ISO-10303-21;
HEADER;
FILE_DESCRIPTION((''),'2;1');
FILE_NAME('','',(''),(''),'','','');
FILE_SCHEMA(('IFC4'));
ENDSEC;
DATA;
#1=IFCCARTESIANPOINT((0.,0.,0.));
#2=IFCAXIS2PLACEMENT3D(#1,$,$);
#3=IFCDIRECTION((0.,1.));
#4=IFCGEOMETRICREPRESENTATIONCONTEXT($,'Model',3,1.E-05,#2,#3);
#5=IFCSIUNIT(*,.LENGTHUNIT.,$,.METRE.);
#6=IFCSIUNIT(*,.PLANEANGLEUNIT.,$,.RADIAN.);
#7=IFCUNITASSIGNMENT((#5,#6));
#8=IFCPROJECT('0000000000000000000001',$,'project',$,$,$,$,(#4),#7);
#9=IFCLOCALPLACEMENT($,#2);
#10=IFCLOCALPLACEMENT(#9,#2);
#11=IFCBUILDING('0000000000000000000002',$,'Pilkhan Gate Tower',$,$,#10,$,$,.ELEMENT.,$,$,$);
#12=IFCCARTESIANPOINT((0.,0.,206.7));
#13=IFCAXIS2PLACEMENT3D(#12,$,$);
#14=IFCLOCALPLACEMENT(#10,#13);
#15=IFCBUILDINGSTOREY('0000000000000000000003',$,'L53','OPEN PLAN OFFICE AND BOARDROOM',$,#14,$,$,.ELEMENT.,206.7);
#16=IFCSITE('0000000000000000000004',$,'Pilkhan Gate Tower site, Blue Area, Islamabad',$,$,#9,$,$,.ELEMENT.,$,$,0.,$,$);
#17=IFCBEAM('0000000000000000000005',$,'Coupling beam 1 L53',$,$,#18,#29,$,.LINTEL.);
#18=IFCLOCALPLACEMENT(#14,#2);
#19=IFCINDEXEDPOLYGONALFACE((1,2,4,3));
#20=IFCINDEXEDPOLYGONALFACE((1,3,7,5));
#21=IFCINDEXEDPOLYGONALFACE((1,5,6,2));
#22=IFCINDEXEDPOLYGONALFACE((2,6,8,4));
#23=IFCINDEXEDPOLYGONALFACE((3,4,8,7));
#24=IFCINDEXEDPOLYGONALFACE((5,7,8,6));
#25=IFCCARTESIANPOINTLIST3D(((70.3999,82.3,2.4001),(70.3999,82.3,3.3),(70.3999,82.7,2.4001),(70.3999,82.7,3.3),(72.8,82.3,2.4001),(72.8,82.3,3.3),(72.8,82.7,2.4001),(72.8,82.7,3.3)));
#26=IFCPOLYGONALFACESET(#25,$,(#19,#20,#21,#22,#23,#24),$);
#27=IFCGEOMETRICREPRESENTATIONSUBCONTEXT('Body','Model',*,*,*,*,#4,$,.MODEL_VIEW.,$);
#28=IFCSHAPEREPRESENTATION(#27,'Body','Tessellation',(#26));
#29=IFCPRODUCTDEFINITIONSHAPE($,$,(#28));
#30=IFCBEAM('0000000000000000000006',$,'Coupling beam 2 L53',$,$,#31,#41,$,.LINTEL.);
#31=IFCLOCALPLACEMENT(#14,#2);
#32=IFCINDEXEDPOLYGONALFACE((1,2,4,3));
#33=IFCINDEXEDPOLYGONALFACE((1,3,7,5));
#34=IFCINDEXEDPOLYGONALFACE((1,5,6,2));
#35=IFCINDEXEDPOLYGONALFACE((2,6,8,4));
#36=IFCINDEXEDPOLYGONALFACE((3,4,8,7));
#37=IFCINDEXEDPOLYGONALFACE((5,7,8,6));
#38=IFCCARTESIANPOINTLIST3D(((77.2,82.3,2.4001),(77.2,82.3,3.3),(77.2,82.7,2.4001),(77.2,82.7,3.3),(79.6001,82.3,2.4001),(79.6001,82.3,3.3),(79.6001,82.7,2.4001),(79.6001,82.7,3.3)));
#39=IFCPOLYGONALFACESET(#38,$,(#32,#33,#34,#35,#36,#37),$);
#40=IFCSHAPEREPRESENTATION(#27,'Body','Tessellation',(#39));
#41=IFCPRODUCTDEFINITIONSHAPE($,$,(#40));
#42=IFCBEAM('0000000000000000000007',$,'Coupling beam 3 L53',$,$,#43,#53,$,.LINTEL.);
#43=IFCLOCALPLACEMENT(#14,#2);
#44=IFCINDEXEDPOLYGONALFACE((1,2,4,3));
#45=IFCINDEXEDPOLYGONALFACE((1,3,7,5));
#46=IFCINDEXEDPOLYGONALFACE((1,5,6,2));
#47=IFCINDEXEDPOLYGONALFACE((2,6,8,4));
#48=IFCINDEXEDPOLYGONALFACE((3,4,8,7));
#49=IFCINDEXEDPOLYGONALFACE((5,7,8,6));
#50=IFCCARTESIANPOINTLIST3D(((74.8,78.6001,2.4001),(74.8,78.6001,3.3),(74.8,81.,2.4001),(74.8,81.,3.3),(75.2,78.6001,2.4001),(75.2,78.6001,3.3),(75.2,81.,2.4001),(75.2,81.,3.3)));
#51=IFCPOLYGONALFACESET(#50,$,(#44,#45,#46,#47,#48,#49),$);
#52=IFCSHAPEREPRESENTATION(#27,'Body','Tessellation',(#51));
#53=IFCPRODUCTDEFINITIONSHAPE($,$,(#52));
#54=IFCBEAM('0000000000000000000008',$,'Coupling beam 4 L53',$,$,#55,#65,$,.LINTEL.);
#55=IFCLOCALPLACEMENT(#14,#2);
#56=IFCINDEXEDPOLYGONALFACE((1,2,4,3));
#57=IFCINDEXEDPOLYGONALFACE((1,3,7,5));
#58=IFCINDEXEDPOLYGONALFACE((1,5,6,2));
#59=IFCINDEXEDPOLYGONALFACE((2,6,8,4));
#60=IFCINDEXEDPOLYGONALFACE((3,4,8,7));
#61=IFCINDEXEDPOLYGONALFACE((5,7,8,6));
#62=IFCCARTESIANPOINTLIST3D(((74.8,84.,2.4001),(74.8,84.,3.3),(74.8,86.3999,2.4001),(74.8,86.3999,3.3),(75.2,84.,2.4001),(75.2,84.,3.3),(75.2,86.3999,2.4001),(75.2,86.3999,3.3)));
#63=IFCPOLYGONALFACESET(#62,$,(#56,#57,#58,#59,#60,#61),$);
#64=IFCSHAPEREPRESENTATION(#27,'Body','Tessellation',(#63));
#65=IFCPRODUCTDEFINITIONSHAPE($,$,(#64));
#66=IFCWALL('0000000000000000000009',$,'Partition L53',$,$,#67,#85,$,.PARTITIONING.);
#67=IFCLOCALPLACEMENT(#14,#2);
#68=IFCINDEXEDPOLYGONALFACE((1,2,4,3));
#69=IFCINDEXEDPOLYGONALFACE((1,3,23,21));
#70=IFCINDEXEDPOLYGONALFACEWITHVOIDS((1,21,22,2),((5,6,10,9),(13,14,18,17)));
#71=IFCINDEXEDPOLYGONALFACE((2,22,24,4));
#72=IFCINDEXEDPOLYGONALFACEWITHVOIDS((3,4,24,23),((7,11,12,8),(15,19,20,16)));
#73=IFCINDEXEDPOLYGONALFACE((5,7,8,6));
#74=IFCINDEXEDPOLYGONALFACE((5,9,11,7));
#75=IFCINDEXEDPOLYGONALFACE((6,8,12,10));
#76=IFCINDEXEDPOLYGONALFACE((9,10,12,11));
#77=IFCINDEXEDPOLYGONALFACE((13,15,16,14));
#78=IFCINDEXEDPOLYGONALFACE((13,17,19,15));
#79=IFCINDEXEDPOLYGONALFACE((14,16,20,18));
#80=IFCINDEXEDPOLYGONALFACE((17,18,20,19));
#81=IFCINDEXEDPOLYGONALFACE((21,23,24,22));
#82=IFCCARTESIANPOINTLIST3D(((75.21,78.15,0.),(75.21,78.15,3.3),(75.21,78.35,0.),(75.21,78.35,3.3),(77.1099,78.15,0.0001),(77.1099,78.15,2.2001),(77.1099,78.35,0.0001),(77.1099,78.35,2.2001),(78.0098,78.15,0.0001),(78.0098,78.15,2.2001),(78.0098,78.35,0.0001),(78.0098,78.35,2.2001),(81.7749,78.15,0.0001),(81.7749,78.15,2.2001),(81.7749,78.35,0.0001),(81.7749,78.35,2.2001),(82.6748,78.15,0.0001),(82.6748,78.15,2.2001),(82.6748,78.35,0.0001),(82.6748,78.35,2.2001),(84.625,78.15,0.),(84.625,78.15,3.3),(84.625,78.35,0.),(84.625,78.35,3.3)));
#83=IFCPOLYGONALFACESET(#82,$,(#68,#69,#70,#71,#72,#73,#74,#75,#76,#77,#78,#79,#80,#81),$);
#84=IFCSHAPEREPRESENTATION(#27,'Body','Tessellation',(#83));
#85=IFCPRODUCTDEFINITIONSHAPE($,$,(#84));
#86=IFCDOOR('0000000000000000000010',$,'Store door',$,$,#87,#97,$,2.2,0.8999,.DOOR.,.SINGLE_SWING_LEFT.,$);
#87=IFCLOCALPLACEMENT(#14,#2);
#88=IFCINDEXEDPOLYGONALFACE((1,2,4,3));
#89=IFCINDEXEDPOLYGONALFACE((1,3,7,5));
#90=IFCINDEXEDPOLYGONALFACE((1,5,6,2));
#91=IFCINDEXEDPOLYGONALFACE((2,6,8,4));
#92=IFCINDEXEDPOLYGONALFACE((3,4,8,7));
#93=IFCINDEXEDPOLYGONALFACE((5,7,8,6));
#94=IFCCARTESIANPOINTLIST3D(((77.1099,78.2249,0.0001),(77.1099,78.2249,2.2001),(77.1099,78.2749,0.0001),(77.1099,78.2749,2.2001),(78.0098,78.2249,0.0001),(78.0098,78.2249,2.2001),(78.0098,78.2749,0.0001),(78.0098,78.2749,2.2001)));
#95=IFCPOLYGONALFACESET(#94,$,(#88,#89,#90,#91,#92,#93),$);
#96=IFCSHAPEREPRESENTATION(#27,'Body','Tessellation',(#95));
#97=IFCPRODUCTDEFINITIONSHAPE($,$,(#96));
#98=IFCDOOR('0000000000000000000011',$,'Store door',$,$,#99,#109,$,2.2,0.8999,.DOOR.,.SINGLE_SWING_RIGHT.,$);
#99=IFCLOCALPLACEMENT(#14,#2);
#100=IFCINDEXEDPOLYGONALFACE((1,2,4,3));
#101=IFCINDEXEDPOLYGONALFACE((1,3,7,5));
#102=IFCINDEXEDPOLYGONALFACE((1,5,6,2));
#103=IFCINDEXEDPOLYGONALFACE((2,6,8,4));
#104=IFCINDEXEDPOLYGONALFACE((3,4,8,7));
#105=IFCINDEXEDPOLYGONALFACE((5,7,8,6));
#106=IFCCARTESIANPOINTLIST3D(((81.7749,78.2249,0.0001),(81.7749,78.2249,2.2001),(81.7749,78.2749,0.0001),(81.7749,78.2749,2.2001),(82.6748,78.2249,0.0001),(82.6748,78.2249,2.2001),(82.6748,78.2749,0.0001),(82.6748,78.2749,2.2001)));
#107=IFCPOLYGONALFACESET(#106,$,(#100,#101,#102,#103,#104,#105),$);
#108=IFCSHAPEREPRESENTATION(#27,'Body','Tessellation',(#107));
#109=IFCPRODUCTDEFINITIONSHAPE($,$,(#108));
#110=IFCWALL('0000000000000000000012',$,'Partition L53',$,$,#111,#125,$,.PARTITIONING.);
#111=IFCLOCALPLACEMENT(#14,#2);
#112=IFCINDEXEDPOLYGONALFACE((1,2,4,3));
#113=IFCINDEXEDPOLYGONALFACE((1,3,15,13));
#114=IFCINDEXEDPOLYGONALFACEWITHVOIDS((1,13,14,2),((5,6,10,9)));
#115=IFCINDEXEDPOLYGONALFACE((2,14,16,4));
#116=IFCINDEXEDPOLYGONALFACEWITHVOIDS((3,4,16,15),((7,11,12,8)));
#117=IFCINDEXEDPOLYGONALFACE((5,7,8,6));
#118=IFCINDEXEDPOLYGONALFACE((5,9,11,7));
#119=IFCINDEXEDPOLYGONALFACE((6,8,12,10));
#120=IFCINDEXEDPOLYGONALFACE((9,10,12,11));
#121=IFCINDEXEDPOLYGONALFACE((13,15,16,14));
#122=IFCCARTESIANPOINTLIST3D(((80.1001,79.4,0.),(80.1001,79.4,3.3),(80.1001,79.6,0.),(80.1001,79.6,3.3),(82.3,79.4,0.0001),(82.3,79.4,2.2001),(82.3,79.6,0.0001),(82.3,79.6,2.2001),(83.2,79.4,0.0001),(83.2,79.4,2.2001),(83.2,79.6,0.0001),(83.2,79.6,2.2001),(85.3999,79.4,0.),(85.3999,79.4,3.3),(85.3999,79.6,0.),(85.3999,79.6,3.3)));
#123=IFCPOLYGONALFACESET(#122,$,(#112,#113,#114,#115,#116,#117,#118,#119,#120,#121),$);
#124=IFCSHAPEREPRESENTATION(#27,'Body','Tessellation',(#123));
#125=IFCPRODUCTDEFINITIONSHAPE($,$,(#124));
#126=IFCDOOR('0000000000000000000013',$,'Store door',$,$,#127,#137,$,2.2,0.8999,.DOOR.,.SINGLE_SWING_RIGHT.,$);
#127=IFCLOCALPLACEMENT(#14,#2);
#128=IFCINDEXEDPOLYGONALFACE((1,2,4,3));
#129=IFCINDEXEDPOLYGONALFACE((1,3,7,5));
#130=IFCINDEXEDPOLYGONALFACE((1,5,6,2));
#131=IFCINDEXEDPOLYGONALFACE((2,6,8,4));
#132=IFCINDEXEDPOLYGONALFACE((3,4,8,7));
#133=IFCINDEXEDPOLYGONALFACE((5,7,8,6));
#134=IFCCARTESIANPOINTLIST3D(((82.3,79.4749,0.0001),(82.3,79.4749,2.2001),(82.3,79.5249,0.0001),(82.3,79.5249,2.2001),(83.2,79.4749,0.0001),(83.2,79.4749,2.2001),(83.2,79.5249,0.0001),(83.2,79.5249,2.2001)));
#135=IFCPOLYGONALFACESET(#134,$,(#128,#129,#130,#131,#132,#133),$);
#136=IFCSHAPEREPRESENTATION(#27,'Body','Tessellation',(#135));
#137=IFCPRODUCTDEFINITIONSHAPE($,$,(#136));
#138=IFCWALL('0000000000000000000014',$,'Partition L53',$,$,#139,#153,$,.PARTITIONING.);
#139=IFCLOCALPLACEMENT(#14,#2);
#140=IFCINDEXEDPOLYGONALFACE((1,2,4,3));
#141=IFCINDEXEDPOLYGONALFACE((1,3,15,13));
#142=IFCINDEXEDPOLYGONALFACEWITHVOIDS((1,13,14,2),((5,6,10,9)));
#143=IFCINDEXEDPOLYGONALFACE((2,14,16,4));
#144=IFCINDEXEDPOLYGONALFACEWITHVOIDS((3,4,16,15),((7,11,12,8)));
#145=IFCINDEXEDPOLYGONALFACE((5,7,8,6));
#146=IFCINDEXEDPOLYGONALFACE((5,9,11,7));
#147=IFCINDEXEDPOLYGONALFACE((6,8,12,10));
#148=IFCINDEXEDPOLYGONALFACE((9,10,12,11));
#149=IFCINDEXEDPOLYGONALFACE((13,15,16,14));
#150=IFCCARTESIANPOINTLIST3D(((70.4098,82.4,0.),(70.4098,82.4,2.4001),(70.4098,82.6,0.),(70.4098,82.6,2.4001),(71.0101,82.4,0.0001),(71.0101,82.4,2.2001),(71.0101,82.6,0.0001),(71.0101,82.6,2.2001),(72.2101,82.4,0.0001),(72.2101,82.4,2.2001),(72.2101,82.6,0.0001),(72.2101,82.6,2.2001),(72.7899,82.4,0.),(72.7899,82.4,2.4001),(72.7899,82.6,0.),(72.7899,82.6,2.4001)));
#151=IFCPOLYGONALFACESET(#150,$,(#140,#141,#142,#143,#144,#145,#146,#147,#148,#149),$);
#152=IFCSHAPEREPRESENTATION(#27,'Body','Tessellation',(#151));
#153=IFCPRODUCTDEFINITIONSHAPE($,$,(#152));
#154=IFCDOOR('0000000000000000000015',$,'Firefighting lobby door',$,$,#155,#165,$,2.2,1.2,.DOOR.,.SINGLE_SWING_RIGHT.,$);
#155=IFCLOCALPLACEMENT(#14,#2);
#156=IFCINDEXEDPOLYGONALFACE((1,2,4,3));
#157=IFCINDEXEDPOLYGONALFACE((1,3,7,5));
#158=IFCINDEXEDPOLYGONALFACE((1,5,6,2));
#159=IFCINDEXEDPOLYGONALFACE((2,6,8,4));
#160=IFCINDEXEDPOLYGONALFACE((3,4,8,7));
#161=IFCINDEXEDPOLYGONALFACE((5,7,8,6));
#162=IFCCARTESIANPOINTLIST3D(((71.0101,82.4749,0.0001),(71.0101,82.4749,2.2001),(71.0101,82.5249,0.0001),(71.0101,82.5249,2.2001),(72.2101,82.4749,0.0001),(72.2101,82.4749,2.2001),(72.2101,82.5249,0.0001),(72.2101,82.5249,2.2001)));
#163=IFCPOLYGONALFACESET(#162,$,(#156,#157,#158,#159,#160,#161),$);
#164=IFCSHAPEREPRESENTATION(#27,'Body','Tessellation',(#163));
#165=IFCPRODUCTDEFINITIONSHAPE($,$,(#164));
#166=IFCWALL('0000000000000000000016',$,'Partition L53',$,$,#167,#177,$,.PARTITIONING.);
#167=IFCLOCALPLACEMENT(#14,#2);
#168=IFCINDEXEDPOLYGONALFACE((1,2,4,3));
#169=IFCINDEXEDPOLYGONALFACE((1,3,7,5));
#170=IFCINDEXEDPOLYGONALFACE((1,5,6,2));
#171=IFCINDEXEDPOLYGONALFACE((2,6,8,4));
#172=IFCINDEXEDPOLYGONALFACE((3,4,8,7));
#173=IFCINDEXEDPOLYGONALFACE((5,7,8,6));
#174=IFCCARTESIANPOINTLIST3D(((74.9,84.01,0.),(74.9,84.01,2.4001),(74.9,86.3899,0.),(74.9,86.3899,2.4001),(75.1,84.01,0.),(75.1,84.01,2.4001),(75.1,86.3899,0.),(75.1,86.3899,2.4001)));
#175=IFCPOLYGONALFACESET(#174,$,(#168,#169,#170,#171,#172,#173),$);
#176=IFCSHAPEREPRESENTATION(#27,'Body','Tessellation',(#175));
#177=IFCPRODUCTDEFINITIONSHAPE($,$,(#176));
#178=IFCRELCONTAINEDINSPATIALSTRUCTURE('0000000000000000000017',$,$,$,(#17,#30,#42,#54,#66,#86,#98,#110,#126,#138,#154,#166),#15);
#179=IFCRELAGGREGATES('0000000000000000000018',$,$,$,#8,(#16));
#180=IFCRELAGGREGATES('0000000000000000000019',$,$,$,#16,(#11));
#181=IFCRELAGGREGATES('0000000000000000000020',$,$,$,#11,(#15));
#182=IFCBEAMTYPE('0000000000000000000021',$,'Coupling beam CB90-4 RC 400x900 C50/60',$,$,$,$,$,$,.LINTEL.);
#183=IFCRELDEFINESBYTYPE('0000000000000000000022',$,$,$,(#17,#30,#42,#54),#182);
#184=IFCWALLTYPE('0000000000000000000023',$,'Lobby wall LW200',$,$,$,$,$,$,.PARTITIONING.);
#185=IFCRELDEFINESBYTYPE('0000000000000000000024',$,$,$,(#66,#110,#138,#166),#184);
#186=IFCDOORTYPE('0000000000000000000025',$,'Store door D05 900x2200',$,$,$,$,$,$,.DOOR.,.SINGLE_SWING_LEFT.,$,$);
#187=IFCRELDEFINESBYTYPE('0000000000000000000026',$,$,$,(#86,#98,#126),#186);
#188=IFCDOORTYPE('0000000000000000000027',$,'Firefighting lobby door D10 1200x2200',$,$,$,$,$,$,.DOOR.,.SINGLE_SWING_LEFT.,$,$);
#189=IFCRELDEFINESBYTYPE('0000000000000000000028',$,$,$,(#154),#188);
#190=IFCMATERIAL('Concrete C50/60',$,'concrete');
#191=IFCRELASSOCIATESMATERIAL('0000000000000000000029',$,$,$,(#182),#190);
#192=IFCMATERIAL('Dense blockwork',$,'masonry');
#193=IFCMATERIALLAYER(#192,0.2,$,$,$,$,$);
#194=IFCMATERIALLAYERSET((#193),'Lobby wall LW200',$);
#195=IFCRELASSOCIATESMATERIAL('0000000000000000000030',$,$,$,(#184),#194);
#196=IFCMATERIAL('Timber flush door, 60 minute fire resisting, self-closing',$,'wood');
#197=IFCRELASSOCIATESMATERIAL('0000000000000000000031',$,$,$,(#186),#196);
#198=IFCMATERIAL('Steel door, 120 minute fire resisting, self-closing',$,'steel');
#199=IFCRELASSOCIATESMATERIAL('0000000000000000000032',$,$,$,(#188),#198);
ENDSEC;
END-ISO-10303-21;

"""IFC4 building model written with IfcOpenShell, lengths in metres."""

from ifc_helpers import new_model, si_unit, direction, frame, frame_2d, origin, origin_2d, place, context, subcontext, project, spatial, rectangle, extrude, material, layer, layer_set, material_profile, profile_set, type_object, element, fill, save


model = new_model("IFC4")

# Units and contexts
model_context = context("Model", 3, precision=1e-05, world=origin(), true_north=direction((0.0, 1.0)))
body_context = subcontext(model_context, "Body", "Model", "MODEL_VIEW")
ifc_project = project(units=[si_unit("LENGTHUNIT", "METRE"), si_unit("PLANEANGLEUNIT", "RADIAN")], contexts=[model_context])

# Site, building, storey
site_placement = place(None, origin())
site = spatial("IfcSite", under=ifc_project, at=site_placement, Name="Pilkhan Gate Tower site, Blue Area, Islamabad", CompositionType="ELEMENT", RefElevation=0.0)
building_placement = place(site_placement, origin())
building = spatial("IfcBuilding", under=site, at=building_placement, Name="Pilkhan Gate Tower", CompositionType="ELEMENT")
storey_placement = place(building_placement, frame((0.0, 0.0, 206.7)))
storey = spatial("IfcBuildingStorey", under=building, at=storey_placement, Name="L53", Description="OPEN PLAN OFFICE AND BOARDROOM", CompositionType="ELEMENT", Elevation=206.7)

# Beams
ifc_material_1 = material(Name="Concrete C50/60", Category="concrete")
ifc_material_profile = material_profile(ifc_material_1, rectangle(XDim=0.3999, YDim=0.8999, at=origin_2d()), Name="RC 400x900")
ifc_profile_set = profile_set([ifc_material_profile], Name="Concrete C50/60")
beam_type = type_object("IfcBeamType", Name="Coupling beam CB90-4 RC 400x900 C50/60", PredefinedType="LINTEL", material=ifc_profile_set)
for number, where, z_axis, x_axis, name in (
    (1, (70.3999, 82.5, 2.8501), (1.0, 0.0, 0.0), (0.0, 1.0, 0.0), "Coupling beam 1 L53"),
    (2, (77.2, 82.5, 2.8501), (1.0, 0.0, 0.0), (0.0, 1.0, 0.0), "Coupling beam 2 L53"),
):
    element("IfcBeam", number, at=place(storey_placement, frame(where, z_axis=z_axis, x_axis=x_axis)), inside=storey, type_object=beam_type, Name=name, PredefinedType="LINTEL", context=body_context, shape_type="SweptSolid", body=[
        extrude(rectangle(XDim=0.3999, YDim=0.8999, at=origin_2d()), origin(), (0.0, 0.0, 1.0), 2.4001),
    ])
for number, where, z_axis, x_axis, name in (
    (3, (75.0, 78.6001, 2.8501), (0.0, 1.0, 0.0), (-1.0, 0.0, 0.0), "Coupling beam 3 L53"),
    (4, (75.0, 84.0, 2.8501), (0.0, 1.0, 0.0), (-1.0, 0.0, 0.0), "Coupling beam 4 L53"),
):
    element("IfcBeam", number, at=place(storey_placement, frame(where, z_axis=z_axis, x_axis=x_axis)), inside=storey, type_object=beam_type, Name=name, PredefinedType="LINTEL", context=body_context, shape_type="SweptSolid", body=[
        extrude(rectangle(XDim=0.3999, YDim=0.8999, at=origin_2d()), origin(), (0.0, 0.0, 1.0), 2.3999),
    ])

# Wall, openings, doors
ifc_material_2 = material(Name="Dense blockwork", Category="masonry")
ifc_layer_1 = layer(ifc_material_2, 0.2)
ifc_layer_set_1 = layer_set([ifc_layer_1], Name="Lobby wall LW200")
wall_type_1 = type_object("IfcWallType", Name="Lobby wall LW200", PredefinedType="PARTITIONING", material=ifc_layer_set_1)
wall_1_placement = place(storey_placement, frame((75.21, 78.25, 0.0), z_axis=(0.0, 0.0, 1.0), x_axis=(1.0, 0.0, 0.0)))
wall_1 = element("IfcWall", 5, at=wall_1_placement, inside=storey, type_object=wall_type_1, Name="Partition L53", PredefinedType="PARTITIONING", context=body_context, shape_type="SweptSolid", body=[
    extrude(rectangle(XDim=9.415, YDim=0.2, at=frame_2d((4.7075, 0.0))), origin(), (0.0, 0.0, 1.0), 3.3),
])
opening_1_placement = place(wall_1_placement, frame((1.8999, 0.0, 0.0)))
opening_1 = element("IfcOpeningElement", 6, at=opening_1_placement, cuts=wall_1, PredefinedType="OPENING", context=body_context, shape_type="SweptSolid", body=[
    extrude(rectangle(XDim=0.8999, YDim=2.2, at=frame_2d((0.45, 1.1001))), frame((0.0, 0.1099, 0.0), z_axis=(0.0, -1.0, 0.0), x_axis=(1.0, 0.0, 0.0)), (0.0, 0.0, 1.0), 0.22),
])
opening_2_placement = place(wall_1_placement, frame((6.5649, 0.0, 0.0)))
opening_2 = element("IfcOpeningElement", 7, at=opening_2_placement, cuts=wall_1, PredefinedType="OPENING", context=body_context, shape_type="SweptSolid", body=[
    extrude(rectangle(XDim=0.8999, YDim=2.2, at=frame_2d((0.45, 1.1001))), frame((0.0, 0.1099, 0.0), z_axis=(0.0, -1.0, 0.0), x_axis=(1.0, 0.0, 0.0)), (0.0, 0.0, 1.0), 0.22),
])
ifc_material_3 = material(Name="Timber flush door, 60 minute fire resisting, self-closing", Category="wood")
door_type_1 = type_object("IfcDoorType", Name="Store door D05 900x2200", OperationType="SINGLE_SWING_LEFT", PredefinedType="DOOR", material=ifc_material_3)
door_1_placement = place(opening_1_placement, origin())
door_1 = element("IfcDoor", 8, at=door_1_placement, inside=storey, type_object=door_type_1, Name="Store door", OperationType="SINGLE_SWING_LEFT", OverallHeight=2.2, OverallWidth=0.8999, PredefinedType="DOOR", context=body_context, shape_type="SweptSolid", body=[
    extrude(rectangle(XDim=0.8999, YDim=2.2, at=frame_2d((0.45, 1.1001))), frame((0.0, 0.0249, 0.0), z_axis=(0.0, -1.0, 0.0), x_axis=(1.0, 0.0, 0.0)), (0.0, 0.0, 1.0), 0.05),
])
fill(opening_1, door_1)
door_2_placement = place(opening_2_placement, origin())
door_2 = element("IfcDoor", 9, at=door_2_placement, inside=storey, type_object=door_type_1, Name="Store door", OperationType="SINGLE_SWING_RIGHT", OverallHeight=2.2, OverallWidth=0.8999, PredefinedType="DOOR", context=body_context, shape_type="SweptSolid", body=[
    extrude(rectangle(XDim=0.8999, YDim=2.2, at=frame_2d((0.45, 1.1001))), frame((0.0, 0.0249, 0.0), z_axis=(0.0, -1.0, 0.0), x_axis=(1.0, 0.0, 0.0)), (0.0, 0.0, 1.0), 0.05),
])
fill(opening_2, door_2)

# Walls, openings, doors
wall_2_placement = place(storey_placement, frame((80.1001, 79.5, 0.0), z_axis=(0.0, 0.0, 1.0), x_axis=(1.0, 0.0, 0.0)))
wall_2 = element("IfcWall", 10, at=wall_2_placement, inside=storey, type_object=wall_type_1, Name="Partition L53", PredefinedType="PARTITIONING", context=body_context, shape_type="SweptSolid", body=[
    extrude(rectangle(XDim=5.2998, YDim=0.2, at=frame_2d((2.6499, 0.0))), origin(), (0.0, 0.0, 1.0), 3.3),
])
opening_3_placement = place(wall_2_placement, frame((2.2, 0.0, 0.0)))
opening_3 = element("IfcOpeningElement", 11, at=opening_3_placement, cuts=wall_2, PredefinedType="OPENING", context=body_context, shape_type="SweptSolid", body=[
    extrude(rectangle(XDim=0.8999, YDim=2.2, at=frame_2d((0.45, 1.1001))), frame((0.0, 0.1099, 0.0), z_axis=(0.0, -1.0, 0.0), x_axis=(1.0, 0.0, 0.0)), (0.0, 0.0, 1.0), 0.22),
])
door_3_placement = place(opening_3_placement, origin())
door_3 = element("IfcDoor", 12, at=door_3_placement, inside=storey, type_object=door_type_1, Name="Store door", OperationType="SINGLE_SWING_RIGHT", OverallHeight=2.2, OverallWidth=0.8999, PredefinedType="DOOR", context=body_context, shape_type="SweptSolid", body=[
    extrude(rectangle(XDim=0.8999, YDim=2.2, at=frame_2d((0.45, 1.1001))), frame((0.0, 0.0249, 0.0), z_axis=(0.0, -1.0, 0.0), x_axis=(1.0, 0.0, 0.0)), (0.0, 0.0, 1.0), 0.05),
])
fill(opening_3, door_3)
wall_3_placement = place(storey_placement, frame((70.4099, 82.5, 0.0), z_axis=(0.0, 0.0, 1.0), x_axis=(1.0, 0.0, 0.0)))
wall_3 = element("IfcWall", 13, at=wall_3_placement, inside=storey, type_object=wall_type_1, Name="Partition L53", PredefinedType="PARTITIONING", context=body_context, shape_type="SweptSolid", body=[
    extrude(rectangle(XDim=2.3801, YDim=0.2, at=frame_2d((1.1899, 0.0))), origin(), (0.0, 0.0, 1.0), 2.4001),
])
opening_4_placement = place(wall_3_placement, frame((0.6001, 0.0, 0.0)))
opening_4 = element("IfcOpeningElement", 14, at=opening_4_placement, cuts=wall_3, PredefinedType="OPENING", context=body_context, shape_type="SweptSolid", body=[
    extrude(rectangle(XDim=1.2, YDim=2.2, at=frame_2d((0.6001, 1.1001))), frame((0.0, 0.1099, 0.0), z_axis=(0.0, -1.0, 0.0), x_axis=(1.0, 0.0, 0.0)), (0.0, 0.0, 1.0), 0.22),
])
ifc_material_4 = material(Name="Steel door, 120 minute fire resisting, self-closing", Category="steel")
door_type_2 = type_object("IfcDoorType", Name="Firefighting lobby door D10 1200x2200", OperationType="SINGLE_SWING_LEFT", PredefinedType="DOOR", material=ifc_material_4)
door_4_placement = place(opening_4_placement, origin())
door_4 = element("IfcDoor", 15, at=door_4_placement, inside=storey, type_object=door_type_2, Name="Firefighting lobby door", OperationType="SINGLE_SWING_RIGHT", OverallHeight=2.2, OverallWidth=1.2, PredefinedType="DOOR", context=body_context, shape_type="SweptSolid", body=[
    extrude(rectangle(XDim=1.2, YDim=2.2, at=frame_2d((0.6001, 1.1001))), frame((0.0, 0.0249, 0.0), z_axis=(0.0, -1.0, 0.0), x_axis=(1.0, 0.0, 0.0)), (0.0, 0.0, 1.0), 0.05),
])
fill(opening_4, door_4)

# Wall
wall_4_placement = place(storey_placement, frame((75.0, 84.01, 0.0), z_axis=(0.0, 0.0, 1.0), x_axis=(0.0, 1.0, 0.0)))
element("IfcWall", 16, at=wall_4_placement, inside=storey, type_object=wall_type_1, Name="Partition L53", PredefinedType="PARTITIONING", context=body_context, shape_type="SweptSolid", body=[
    extrude(rectangle(XDim=2.3799, YDim=0.2, at=frame_2d((1.1899, 0.0))), origin(), (0.0, 0.0, 1.0), 2.4001),
])

save(model, "model.ifc")
